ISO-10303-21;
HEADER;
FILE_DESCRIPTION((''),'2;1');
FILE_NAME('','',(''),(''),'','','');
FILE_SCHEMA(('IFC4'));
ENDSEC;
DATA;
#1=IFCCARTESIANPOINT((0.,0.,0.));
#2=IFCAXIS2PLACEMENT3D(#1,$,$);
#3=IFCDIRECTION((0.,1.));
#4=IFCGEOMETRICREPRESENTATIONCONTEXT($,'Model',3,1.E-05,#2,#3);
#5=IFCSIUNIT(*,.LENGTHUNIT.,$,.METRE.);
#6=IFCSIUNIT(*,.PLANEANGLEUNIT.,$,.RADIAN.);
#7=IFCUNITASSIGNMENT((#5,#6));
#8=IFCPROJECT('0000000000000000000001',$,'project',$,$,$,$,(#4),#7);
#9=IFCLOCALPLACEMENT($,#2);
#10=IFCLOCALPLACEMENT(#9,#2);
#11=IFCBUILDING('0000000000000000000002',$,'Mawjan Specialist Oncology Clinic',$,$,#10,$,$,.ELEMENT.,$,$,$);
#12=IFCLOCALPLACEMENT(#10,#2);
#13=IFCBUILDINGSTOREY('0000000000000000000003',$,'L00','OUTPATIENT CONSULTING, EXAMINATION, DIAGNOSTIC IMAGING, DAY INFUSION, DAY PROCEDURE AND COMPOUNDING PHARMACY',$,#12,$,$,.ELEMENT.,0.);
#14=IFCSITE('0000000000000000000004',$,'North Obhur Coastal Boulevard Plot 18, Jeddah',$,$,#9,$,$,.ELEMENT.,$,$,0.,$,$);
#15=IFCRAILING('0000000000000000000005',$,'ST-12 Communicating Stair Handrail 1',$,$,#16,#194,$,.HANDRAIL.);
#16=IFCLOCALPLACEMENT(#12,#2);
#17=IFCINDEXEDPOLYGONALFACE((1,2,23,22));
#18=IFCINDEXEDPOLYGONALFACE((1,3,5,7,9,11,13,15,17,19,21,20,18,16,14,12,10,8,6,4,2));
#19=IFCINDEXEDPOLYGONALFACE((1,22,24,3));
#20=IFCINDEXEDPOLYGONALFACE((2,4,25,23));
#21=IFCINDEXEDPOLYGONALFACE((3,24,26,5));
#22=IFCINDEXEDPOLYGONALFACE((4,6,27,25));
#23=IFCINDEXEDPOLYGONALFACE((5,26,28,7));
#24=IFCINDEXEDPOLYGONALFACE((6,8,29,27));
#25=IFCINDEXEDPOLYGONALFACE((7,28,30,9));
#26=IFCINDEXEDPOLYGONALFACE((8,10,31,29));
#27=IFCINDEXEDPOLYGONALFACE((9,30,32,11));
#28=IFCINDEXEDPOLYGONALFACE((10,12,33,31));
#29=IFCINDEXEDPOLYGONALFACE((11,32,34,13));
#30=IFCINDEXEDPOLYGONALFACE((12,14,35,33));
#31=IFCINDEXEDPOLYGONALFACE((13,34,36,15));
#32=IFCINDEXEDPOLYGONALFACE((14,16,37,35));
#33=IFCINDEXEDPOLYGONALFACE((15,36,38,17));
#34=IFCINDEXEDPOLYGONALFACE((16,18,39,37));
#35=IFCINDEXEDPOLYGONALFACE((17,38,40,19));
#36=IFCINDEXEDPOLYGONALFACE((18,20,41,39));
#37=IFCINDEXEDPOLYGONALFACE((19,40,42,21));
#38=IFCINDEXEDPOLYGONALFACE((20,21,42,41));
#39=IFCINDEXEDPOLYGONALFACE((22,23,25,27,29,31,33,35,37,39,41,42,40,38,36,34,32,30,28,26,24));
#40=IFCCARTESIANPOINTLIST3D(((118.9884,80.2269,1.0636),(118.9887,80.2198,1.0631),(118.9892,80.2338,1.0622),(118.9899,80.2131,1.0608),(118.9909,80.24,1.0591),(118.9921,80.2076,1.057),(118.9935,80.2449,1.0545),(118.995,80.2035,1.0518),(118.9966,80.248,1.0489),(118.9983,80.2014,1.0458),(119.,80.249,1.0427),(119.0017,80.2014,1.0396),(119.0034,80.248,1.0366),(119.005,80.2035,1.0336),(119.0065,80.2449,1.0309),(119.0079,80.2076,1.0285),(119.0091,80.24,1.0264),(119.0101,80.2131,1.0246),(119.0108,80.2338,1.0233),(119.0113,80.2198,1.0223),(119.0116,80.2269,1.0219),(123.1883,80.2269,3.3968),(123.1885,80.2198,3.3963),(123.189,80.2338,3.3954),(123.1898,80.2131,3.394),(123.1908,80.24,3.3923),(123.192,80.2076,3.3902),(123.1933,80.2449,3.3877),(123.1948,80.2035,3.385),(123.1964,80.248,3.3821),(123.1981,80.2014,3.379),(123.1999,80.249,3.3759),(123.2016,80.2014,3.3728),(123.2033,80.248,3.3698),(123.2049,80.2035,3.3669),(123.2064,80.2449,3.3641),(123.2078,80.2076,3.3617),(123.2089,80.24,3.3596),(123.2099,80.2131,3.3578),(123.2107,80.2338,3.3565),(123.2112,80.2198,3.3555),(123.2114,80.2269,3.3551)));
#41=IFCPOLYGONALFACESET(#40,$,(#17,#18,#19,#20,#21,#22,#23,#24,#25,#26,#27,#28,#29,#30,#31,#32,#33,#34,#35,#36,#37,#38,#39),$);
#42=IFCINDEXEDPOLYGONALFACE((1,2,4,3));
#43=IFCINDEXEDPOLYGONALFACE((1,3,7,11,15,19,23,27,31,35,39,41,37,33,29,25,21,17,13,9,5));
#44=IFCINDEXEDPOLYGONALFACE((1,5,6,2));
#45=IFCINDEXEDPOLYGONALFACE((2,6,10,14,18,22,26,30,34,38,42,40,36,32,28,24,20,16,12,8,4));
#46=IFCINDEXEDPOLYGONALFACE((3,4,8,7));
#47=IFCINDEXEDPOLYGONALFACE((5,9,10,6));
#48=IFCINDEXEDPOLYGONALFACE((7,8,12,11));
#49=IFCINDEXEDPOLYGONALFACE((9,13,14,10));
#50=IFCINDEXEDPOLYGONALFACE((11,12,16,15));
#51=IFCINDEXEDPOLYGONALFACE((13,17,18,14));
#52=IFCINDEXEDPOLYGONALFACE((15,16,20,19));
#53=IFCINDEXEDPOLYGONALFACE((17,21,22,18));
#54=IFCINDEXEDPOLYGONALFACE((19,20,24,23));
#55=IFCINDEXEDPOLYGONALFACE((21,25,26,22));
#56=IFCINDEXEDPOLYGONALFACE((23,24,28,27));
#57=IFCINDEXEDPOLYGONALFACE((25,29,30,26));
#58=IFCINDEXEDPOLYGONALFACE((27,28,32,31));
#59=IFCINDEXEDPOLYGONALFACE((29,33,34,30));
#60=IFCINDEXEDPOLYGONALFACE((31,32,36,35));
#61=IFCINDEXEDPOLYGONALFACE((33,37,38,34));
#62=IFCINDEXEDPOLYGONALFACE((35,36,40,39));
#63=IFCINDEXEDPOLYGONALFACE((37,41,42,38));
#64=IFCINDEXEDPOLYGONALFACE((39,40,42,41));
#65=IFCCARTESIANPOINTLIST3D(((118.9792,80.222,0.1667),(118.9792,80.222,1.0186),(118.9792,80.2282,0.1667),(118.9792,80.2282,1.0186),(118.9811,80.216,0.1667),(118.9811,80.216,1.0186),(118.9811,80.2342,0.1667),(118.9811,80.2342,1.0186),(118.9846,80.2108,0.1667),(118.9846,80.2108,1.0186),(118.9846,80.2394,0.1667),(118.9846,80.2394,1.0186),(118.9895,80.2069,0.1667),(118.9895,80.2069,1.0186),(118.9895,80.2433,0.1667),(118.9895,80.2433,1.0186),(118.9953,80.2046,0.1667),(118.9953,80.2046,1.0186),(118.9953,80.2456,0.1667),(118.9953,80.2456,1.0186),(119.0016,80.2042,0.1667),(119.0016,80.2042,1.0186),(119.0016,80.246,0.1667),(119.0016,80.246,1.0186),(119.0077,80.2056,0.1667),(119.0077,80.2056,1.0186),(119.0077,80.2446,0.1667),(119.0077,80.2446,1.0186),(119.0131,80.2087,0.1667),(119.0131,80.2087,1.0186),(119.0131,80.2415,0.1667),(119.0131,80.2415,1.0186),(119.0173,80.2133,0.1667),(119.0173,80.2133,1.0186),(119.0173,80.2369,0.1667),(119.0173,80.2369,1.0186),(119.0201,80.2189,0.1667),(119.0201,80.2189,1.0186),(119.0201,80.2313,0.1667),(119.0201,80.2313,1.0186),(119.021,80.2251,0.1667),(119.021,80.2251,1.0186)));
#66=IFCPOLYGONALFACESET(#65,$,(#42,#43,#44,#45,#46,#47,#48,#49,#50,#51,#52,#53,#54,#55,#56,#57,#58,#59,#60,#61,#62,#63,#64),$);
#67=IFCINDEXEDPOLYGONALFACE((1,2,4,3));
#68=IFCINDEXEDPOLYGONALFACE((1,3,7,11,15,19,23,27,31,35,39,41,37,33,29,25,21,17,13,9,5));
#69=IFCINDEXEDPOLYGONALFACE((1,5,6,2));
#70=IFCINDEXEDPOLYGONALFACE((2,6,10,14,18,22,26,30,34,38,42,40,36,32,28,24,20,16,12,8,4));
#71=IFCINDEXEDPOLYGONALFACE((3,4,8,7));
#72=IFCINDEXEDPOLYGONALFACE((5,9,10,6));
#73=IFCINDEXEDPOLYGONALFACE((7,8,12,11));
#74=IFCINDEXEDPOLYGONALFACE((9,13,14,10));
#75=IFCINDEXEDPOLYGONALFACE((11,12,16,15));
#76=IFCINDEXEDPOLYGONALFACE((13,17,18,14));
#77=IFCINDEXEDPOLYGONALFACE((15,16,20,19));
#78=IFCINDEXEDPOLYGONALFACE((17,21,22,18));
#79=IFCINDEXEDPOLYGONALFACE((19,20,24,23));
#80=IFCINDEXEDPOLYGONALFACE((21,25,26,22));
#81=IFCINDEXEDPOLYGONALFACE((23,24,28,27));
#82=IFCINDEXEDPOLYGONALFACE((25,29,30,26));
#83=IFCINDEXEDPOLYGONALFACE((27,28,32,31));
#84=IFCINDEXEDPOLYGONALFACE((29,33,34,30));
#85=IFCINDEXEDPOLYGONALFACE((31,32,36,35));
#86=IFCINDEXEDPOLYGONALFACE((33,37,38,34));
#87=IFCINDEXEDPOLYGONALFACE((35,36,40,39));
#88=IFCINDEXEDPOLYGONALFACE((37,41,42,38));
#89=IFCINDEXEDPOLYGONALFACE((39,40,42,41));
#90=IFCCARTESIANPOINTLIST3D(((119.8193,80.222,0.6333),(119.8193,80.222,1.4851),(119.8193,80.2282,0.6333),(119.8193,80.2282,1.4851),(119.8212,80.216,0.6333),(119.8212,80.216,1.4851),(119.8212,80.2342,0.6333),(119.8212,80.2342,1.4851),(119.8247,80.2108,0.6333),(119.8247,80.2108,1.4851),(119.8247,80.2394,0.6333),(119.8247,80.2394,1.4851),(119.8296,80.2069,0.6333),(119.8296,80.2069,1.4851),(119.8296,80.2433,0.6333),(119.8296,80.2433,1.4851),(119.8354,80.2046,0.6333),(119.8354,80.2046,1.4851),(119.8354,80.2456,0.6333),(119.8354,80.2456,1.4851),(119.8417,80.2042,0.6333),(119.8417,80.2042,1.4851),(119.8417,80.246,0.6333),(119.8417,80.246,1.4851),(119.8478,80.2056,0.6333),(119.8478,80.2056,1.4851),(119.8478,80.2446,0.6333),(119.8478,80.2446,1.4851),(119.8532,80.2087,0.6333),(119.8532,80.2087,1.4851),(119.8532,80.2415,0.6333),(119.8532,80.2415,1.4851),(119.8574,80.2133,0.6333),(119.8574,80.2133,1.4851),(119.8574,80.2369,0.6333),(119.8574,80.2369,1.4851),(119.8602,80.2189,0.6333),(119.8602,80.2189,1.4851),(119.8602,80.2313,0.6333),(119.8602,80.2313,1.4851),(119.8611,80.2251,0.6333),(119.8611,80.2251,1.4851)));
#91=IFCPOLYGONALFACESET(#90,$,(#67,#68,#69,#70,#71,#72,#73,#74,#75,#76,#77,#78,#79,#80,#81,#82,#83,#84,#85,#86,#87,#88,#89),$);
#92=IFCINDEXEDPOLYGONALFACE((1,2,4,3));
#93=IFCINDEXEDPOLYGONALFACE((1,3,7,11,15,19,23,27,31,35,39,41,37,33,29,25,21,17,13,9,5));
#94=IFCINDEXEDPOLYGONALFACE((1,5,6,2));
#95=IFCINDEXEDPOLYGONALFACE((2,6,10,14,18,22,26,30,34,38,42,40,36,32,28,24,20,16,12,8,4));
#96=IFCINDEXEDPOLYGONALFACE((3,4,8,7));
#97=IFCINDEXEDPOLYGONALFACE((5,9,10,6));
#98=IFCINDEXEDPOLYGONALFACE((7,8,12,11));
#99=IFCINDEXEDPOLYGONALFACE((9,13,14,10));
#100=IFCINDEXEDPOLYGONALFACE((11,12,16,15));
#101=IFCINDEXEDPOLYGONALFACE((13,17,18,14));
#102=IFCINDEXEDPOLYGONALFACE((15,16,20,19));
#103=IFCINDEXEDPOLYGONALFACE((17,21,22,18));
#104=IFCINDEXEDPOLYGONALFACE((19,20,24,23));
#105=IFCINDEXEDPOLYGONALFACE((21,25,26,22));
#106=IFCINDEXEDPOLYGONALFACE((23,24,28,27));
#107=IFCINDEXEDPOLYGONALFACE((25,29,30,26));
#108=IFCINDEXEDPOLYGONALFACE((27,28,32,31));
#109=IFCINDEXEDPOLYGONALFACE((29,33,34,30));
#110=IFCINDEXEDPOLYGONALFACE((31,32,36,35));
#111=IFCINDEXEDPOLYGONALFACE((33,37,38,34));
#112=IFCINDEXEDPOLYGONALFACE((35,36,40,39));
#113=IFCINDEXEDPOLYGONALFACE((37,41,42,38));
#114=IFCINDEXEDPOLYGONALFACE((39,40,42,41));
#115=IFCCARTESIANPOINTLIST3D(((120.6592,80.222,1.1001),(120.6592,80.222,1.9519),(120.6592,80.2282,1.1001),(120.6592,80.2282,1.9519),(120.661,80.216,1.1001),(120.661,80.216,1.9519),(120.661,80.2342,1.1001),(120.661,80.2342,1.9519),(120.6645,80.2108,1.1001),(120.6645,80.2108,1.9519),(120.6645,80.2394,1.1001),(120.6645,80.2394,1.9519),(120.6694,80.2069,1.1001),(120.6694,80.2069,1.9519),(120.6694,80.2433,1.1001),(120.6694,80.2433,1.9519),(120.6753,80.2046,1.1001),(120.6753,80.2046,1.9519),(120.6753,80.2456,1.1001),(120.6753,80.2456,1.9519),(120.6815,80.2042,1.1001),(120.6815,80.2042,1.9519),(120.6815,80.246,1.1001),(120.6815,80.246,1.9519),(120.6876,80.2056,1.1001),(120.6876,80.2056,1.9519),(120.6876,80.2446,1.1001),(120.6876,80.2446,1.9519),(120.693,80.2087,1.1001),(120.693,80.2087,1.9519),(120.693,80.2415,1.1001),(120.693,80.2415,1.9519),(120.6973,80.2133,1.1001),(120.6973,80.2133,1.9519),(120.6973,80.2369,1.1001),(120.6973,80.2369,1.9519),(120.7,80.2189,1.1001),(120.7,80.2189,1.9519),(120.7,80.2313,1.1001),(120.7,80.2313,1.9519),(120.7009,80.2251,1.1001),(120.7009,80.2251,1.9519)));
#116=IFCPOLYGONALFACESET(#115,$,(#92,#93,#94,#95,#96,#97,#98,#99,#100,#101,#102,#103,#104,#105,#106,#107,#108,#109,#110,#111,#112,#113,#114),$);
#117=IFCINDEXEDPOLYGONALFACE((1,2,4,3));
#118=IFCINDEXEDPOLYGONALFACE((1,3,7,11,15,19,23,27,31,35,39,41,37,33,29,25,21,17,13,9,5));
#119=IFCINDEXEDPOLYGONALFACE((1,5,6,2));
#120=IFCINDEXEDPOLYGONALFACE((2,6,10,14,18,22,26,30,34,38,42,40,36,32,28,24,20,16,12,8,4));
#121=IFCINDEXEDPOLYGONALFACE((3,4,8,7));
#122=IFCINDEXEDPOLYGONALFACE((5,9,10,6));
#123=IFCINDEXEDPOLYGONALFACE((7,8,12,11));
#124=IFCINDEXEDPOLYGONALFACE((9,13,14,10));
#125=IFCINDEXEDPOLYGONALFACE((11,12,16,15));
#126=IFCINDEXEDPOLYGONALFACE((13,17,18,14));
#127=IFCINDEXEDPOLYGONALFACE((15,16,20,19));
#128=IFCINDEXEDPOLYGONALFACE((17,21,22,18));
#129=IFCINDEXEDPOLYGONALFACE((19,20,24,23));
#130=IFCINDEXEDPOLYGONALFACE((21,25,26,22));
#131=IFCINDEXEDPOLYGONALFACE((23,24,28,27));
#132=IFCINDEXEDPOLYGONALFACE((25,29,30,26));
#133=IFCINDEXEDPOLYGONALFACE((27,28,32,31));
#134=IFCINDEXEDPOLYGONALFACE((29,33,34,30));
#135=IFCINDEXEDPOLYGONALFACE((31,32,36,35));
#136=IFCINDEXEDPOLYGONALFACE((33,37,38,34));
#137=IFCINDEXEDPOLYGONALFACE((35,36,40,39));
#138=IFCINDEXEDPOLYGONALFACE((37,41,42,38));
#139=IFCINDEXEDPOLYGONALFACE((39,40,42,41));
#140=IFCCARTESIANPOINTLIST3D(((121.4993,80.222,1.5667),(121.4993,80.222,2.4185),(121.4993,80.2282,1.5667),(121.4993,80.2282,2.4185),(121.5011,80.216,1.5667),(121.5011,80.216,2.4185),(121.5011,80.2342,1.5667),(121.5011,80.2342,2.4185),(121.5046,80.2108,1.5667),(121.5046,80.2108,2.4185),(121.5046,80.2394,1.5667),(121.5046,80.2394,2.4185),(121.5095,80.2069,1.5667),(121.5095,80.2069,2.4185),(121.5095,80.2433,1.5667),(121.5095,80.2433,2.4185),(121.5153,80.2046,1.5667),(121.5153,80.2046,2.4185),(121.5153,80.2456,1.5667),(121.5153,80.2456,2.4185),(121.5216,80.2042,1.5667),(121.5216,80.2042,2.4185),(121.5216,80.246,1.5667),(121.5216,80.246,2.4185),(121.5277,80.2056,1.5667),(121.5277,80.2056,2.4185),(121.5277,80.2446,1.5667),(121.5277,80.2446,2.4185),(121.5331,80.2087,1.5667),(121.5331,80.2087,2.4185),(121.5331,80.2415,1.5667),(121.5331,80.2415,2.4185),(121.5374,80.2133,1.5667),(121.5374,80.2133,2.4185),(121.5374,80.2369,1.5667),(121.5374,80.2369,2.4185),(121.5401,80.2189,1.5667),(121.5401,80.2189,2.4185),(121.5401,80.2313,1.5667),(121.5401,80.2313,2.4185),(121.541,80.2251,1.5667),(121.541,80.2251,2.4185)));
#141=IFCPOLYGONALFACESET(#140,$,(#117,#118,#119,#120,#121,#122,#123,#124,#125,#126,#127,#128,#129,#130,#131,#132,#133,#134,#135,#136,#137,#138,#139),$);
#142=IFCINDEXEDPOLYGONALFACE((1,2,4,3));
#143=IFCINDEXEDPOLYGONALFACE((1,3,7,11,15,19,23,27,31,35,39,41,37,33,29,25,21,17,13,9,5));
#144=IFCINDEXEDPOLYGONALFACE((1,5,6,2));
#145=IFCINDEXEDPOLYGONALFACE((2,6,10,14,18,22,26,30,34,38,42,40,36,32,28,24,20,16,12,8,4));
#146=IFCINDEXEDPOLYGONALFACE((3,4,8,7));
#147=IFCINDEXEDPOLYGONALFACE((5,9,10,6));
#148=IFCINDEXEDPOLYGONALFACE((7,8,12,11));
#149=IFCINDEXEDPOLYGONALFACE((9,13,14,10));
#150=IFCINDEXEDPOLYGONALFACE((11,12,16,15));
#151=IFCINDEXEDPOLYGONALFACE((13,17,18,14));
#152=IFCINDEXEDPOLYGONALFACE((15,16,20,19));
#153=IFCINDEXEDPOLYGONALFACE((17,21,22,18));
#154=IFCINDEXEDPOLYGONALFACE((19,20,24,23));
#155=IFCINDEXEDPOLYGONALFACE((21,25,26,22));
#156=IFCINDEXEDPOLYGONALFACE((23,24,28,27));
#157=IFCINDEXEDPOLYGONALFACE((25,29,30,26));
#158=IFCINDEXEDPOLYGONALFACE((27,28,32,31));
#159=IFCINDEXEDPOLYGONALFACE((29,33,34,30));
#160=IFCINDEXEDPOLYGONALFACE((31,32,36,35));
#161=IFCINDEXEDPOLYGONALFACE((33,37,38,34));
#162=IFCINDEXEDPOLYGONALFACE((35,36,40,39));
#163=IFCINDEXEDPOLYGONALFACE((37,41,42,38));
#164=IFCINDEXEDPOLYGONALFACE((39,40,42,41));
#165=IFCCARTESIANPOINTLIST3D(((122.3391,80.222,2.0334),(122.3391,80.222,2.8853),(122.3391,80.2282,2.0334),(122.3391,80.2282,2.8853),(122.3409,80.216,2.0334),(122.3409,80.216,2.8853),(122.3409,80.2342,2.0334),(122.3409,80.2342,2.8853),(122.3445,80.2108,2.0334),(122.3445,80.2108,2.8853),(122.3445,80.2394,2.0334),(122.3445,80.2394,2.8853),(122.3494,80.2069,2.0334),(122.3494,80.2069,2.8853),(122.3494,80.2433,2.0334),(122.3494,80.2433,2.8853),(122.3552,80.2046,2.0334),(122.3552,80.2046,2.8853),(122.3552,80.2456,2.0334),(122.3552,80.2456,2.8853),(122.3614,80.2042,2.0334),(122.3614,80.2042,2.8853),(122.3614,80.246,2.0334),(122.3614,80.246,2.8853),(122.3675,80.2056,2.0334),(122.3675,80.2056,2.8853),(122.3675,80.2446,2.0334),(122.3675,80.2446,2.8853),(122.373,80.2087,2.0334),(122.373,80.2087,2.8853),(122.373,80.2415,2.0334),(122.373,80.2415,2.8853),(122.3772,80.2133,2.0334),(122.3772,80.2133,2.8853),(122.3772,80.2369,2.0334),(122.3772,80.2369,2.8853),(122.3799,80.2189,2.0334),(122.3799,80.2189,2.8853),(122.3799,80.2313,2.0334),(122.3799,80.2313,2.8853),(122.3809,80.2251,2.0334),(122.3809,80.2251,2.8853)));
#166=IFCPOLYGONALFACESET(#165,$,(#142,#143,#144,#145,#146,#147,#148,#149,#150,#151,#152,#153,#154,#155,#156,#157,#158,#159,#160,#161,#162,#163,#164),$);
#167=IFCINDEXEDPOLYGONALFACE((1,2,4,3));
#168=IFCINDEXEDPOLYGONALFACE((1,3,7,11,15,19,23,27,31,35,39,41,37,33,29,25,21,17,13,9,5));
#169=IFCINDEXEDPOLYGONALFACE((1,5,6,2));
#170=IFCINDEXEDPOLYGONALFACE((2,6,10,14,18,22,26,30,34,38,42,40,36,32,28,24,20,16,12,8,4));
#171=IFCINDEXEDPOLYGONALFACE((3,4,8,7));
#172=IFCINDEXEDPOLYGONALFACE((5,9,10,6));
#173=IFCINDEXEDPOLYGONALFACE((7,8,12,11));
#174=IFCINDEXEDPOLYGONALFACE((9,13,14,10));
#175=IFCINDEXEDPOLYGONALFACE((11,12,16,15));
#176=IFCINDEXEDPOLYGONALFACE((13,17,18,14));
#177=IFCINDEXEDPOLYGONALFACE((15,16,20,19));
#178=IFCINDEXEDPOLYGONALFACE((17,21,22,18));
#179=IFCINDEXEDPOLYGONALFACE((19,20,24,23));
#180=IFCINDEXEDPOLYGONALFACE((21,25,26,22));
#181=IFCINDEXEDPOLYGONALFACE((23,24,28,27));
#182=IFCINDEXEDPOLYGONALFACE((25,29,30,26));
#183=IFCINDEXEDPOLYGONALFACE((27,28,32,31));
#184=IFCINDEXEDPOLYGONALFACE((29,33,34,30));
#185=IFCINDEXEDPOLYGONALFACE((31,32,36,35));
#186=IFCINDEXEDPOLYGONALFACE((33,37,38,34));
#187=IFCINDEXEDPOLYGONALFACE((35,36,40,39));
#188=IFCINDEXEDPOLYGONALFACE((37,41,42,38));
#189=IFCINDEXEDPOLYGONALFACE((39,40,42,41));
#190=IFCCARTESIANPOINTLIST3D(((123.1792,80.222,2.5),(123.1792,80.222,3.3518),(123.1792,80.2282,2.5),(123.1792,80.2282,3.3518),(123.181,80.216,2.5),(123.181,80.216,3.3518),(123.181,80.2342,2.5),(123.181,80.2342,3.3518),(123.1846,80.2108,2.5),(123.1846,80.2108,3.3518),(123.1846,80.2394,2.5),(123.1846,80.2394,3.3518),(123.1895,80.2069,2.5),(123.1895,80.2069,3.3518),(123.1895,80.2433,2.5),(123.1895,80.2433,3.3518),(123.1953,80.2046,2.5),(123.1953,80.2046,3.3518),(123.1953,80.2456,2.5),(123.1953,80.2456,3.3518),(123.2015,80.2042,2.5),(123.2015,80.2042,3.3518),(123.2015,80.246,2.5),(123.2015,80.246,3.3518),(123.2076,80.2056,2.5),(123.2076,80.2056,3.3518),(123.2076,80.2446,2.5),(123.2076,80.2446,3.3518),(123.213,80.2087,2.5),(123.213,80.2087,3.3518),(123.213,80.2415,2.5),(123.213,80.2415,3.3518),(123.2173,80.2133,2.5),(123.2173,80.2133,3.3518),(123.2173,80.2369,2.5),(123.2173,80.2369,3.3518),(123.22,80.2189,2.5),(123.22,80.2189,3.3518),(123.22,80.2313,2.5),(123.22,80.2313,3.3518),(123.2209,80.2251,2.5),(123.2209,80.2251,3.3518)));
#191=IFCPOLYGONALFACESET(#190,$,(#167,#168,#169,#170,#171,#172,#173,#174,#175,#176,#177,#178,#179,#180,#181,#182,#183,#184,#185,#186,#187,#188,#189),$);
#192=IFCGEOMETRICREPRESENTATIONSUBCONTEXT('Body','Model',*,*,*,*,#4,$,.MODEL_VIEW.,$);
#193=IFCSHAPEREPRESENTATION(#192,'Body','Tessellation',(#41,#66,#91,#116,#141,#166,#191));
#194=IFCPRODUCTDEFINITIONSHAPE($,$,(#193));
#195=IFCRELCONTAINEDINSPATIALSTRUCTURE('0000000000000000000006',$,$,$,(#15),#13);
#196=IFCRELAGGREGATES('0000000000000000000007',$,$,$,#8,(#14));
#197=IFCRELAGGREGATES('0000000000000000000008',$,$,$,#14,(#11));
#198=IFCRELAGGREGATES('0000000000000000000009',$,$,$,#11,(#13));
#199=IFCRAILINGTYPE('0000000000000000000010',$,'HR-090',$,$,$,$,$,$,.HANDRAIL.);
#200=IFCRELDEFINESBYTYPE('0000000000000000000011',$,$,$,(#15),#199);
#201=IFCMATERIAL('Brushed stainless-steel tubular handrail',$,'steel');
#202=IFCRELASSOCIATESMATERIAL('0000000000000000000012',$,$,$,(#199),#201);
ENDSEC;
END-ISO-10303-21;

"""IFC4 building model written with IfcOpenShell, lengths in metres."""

from ifc_helpers import new_model, si_unit, direction, frame, origin, origin_2d, place, context, subcontext, project, spatial, circle, extrude, material, type_object, element, save


model = new_model("IFC4")

# Units and contexts
model_context = context("Model", 3, precision=1e-05, world=origin(), true_north=direction((0.0, 1.0)))
body_context = subcontext(model_context, "Body", "Model", "MODEL_VIEW")
ifc_project = project(units=[si_unit("LENGTHUNIT", "METRE"), si_unit("PLANEANGLEUNIT", "RADIAN")], contexts=[model_context])

# Site, building, storey
site_placement = place(None, origin())
site = spatial("IfcSite", under=ifc_project, at=site_placement, Name="North Obhur Coastal Boulevard Plot 18, Jeddah", CompositionType="ELEMENT", RefElevation=0.0)
building_placement = place(site_placement, origin())
building = spatial("IfcBuilding", under=site, at=building_placement, Name="Mawjan Specialist Oncology Clinic", CompositionType="ELEMENT")
storey_placement = place(building_placement, origin())
storey = spatial("IfcBuildingStorey", under=building, at=storey_placement, Name="L00", Description="OUTPATIENT CONSULTING, EXAMINATION, DIAGNOSTIC IMAGING, DAY INFUSION, DAY PROCEDURE AND COMPOUNDING PHARMACY", CompositionType="ELEMENT", Elevation=0.0)

# Railing
ifc_material_1 = material(Name="Brushed stainless-steel tubular handrail", Category="steel")
railing_type_1 = type_object("IfcRailingType", Name="HR-090", PredefinedType="HANDRAIL", material=ifc_material_1)
railing_1_placement = place(storey_placement, frame((119.0, 80.2251, 0.1667)))
element("IfcRailing", 1, at=railing_1_placement, inside=storey, type_object=railing_type_1, Name="ST-12 Communicating Stair Handrail 1", PredefinedType="HANDRAIL", context=body_context, shape_type="SweptSolid", body=[
    extrude(circle(Radius=0.0239, at=origin_2d()), frame((0.0, 0.0, 0.876), z_axis=(0.874162, 0.0, 0.485634), x_axis=(0.0, 1.0, 0.0)), (0.0, 0.0, 1.0), 4.8044),
    extrude(circle(Radius=0.021, at=origin_2d()), origin(), (0.0, 0.0, 1.0), 0.8518),
    extrude(circle(Radius=0.021, at=origin_2d()), frame((0.8401, 0.0, 0.4666)), (0.0, 0.0, 1.0), 0.8518),
    extrude(circle(Radius=0.021, at=origin_2d()), frame((1.6799, 0.0, 0.9333)), (0.0, 0.0, 1.0), 0.8518),
    extrude(circle(Radius=0.021, at=origin_2d()), frame((2.52, 0.0, 1.3999)), (0.0, 0.0, 1.0), 0.8518),
    extrude(circle(Radius=0.021, at=origin_2d()), frame((3.3599, 0.0, 1.8667)), (0.0, 0.0, 1.0), 0.8518),
    extrude(circle(Radius=0.021, at=origin_2d()), frame((4.2, 0.0, 2.3333)), (0.0, 0.0, 1.0), 0.8518),
])

save(model, "model.ifc")
